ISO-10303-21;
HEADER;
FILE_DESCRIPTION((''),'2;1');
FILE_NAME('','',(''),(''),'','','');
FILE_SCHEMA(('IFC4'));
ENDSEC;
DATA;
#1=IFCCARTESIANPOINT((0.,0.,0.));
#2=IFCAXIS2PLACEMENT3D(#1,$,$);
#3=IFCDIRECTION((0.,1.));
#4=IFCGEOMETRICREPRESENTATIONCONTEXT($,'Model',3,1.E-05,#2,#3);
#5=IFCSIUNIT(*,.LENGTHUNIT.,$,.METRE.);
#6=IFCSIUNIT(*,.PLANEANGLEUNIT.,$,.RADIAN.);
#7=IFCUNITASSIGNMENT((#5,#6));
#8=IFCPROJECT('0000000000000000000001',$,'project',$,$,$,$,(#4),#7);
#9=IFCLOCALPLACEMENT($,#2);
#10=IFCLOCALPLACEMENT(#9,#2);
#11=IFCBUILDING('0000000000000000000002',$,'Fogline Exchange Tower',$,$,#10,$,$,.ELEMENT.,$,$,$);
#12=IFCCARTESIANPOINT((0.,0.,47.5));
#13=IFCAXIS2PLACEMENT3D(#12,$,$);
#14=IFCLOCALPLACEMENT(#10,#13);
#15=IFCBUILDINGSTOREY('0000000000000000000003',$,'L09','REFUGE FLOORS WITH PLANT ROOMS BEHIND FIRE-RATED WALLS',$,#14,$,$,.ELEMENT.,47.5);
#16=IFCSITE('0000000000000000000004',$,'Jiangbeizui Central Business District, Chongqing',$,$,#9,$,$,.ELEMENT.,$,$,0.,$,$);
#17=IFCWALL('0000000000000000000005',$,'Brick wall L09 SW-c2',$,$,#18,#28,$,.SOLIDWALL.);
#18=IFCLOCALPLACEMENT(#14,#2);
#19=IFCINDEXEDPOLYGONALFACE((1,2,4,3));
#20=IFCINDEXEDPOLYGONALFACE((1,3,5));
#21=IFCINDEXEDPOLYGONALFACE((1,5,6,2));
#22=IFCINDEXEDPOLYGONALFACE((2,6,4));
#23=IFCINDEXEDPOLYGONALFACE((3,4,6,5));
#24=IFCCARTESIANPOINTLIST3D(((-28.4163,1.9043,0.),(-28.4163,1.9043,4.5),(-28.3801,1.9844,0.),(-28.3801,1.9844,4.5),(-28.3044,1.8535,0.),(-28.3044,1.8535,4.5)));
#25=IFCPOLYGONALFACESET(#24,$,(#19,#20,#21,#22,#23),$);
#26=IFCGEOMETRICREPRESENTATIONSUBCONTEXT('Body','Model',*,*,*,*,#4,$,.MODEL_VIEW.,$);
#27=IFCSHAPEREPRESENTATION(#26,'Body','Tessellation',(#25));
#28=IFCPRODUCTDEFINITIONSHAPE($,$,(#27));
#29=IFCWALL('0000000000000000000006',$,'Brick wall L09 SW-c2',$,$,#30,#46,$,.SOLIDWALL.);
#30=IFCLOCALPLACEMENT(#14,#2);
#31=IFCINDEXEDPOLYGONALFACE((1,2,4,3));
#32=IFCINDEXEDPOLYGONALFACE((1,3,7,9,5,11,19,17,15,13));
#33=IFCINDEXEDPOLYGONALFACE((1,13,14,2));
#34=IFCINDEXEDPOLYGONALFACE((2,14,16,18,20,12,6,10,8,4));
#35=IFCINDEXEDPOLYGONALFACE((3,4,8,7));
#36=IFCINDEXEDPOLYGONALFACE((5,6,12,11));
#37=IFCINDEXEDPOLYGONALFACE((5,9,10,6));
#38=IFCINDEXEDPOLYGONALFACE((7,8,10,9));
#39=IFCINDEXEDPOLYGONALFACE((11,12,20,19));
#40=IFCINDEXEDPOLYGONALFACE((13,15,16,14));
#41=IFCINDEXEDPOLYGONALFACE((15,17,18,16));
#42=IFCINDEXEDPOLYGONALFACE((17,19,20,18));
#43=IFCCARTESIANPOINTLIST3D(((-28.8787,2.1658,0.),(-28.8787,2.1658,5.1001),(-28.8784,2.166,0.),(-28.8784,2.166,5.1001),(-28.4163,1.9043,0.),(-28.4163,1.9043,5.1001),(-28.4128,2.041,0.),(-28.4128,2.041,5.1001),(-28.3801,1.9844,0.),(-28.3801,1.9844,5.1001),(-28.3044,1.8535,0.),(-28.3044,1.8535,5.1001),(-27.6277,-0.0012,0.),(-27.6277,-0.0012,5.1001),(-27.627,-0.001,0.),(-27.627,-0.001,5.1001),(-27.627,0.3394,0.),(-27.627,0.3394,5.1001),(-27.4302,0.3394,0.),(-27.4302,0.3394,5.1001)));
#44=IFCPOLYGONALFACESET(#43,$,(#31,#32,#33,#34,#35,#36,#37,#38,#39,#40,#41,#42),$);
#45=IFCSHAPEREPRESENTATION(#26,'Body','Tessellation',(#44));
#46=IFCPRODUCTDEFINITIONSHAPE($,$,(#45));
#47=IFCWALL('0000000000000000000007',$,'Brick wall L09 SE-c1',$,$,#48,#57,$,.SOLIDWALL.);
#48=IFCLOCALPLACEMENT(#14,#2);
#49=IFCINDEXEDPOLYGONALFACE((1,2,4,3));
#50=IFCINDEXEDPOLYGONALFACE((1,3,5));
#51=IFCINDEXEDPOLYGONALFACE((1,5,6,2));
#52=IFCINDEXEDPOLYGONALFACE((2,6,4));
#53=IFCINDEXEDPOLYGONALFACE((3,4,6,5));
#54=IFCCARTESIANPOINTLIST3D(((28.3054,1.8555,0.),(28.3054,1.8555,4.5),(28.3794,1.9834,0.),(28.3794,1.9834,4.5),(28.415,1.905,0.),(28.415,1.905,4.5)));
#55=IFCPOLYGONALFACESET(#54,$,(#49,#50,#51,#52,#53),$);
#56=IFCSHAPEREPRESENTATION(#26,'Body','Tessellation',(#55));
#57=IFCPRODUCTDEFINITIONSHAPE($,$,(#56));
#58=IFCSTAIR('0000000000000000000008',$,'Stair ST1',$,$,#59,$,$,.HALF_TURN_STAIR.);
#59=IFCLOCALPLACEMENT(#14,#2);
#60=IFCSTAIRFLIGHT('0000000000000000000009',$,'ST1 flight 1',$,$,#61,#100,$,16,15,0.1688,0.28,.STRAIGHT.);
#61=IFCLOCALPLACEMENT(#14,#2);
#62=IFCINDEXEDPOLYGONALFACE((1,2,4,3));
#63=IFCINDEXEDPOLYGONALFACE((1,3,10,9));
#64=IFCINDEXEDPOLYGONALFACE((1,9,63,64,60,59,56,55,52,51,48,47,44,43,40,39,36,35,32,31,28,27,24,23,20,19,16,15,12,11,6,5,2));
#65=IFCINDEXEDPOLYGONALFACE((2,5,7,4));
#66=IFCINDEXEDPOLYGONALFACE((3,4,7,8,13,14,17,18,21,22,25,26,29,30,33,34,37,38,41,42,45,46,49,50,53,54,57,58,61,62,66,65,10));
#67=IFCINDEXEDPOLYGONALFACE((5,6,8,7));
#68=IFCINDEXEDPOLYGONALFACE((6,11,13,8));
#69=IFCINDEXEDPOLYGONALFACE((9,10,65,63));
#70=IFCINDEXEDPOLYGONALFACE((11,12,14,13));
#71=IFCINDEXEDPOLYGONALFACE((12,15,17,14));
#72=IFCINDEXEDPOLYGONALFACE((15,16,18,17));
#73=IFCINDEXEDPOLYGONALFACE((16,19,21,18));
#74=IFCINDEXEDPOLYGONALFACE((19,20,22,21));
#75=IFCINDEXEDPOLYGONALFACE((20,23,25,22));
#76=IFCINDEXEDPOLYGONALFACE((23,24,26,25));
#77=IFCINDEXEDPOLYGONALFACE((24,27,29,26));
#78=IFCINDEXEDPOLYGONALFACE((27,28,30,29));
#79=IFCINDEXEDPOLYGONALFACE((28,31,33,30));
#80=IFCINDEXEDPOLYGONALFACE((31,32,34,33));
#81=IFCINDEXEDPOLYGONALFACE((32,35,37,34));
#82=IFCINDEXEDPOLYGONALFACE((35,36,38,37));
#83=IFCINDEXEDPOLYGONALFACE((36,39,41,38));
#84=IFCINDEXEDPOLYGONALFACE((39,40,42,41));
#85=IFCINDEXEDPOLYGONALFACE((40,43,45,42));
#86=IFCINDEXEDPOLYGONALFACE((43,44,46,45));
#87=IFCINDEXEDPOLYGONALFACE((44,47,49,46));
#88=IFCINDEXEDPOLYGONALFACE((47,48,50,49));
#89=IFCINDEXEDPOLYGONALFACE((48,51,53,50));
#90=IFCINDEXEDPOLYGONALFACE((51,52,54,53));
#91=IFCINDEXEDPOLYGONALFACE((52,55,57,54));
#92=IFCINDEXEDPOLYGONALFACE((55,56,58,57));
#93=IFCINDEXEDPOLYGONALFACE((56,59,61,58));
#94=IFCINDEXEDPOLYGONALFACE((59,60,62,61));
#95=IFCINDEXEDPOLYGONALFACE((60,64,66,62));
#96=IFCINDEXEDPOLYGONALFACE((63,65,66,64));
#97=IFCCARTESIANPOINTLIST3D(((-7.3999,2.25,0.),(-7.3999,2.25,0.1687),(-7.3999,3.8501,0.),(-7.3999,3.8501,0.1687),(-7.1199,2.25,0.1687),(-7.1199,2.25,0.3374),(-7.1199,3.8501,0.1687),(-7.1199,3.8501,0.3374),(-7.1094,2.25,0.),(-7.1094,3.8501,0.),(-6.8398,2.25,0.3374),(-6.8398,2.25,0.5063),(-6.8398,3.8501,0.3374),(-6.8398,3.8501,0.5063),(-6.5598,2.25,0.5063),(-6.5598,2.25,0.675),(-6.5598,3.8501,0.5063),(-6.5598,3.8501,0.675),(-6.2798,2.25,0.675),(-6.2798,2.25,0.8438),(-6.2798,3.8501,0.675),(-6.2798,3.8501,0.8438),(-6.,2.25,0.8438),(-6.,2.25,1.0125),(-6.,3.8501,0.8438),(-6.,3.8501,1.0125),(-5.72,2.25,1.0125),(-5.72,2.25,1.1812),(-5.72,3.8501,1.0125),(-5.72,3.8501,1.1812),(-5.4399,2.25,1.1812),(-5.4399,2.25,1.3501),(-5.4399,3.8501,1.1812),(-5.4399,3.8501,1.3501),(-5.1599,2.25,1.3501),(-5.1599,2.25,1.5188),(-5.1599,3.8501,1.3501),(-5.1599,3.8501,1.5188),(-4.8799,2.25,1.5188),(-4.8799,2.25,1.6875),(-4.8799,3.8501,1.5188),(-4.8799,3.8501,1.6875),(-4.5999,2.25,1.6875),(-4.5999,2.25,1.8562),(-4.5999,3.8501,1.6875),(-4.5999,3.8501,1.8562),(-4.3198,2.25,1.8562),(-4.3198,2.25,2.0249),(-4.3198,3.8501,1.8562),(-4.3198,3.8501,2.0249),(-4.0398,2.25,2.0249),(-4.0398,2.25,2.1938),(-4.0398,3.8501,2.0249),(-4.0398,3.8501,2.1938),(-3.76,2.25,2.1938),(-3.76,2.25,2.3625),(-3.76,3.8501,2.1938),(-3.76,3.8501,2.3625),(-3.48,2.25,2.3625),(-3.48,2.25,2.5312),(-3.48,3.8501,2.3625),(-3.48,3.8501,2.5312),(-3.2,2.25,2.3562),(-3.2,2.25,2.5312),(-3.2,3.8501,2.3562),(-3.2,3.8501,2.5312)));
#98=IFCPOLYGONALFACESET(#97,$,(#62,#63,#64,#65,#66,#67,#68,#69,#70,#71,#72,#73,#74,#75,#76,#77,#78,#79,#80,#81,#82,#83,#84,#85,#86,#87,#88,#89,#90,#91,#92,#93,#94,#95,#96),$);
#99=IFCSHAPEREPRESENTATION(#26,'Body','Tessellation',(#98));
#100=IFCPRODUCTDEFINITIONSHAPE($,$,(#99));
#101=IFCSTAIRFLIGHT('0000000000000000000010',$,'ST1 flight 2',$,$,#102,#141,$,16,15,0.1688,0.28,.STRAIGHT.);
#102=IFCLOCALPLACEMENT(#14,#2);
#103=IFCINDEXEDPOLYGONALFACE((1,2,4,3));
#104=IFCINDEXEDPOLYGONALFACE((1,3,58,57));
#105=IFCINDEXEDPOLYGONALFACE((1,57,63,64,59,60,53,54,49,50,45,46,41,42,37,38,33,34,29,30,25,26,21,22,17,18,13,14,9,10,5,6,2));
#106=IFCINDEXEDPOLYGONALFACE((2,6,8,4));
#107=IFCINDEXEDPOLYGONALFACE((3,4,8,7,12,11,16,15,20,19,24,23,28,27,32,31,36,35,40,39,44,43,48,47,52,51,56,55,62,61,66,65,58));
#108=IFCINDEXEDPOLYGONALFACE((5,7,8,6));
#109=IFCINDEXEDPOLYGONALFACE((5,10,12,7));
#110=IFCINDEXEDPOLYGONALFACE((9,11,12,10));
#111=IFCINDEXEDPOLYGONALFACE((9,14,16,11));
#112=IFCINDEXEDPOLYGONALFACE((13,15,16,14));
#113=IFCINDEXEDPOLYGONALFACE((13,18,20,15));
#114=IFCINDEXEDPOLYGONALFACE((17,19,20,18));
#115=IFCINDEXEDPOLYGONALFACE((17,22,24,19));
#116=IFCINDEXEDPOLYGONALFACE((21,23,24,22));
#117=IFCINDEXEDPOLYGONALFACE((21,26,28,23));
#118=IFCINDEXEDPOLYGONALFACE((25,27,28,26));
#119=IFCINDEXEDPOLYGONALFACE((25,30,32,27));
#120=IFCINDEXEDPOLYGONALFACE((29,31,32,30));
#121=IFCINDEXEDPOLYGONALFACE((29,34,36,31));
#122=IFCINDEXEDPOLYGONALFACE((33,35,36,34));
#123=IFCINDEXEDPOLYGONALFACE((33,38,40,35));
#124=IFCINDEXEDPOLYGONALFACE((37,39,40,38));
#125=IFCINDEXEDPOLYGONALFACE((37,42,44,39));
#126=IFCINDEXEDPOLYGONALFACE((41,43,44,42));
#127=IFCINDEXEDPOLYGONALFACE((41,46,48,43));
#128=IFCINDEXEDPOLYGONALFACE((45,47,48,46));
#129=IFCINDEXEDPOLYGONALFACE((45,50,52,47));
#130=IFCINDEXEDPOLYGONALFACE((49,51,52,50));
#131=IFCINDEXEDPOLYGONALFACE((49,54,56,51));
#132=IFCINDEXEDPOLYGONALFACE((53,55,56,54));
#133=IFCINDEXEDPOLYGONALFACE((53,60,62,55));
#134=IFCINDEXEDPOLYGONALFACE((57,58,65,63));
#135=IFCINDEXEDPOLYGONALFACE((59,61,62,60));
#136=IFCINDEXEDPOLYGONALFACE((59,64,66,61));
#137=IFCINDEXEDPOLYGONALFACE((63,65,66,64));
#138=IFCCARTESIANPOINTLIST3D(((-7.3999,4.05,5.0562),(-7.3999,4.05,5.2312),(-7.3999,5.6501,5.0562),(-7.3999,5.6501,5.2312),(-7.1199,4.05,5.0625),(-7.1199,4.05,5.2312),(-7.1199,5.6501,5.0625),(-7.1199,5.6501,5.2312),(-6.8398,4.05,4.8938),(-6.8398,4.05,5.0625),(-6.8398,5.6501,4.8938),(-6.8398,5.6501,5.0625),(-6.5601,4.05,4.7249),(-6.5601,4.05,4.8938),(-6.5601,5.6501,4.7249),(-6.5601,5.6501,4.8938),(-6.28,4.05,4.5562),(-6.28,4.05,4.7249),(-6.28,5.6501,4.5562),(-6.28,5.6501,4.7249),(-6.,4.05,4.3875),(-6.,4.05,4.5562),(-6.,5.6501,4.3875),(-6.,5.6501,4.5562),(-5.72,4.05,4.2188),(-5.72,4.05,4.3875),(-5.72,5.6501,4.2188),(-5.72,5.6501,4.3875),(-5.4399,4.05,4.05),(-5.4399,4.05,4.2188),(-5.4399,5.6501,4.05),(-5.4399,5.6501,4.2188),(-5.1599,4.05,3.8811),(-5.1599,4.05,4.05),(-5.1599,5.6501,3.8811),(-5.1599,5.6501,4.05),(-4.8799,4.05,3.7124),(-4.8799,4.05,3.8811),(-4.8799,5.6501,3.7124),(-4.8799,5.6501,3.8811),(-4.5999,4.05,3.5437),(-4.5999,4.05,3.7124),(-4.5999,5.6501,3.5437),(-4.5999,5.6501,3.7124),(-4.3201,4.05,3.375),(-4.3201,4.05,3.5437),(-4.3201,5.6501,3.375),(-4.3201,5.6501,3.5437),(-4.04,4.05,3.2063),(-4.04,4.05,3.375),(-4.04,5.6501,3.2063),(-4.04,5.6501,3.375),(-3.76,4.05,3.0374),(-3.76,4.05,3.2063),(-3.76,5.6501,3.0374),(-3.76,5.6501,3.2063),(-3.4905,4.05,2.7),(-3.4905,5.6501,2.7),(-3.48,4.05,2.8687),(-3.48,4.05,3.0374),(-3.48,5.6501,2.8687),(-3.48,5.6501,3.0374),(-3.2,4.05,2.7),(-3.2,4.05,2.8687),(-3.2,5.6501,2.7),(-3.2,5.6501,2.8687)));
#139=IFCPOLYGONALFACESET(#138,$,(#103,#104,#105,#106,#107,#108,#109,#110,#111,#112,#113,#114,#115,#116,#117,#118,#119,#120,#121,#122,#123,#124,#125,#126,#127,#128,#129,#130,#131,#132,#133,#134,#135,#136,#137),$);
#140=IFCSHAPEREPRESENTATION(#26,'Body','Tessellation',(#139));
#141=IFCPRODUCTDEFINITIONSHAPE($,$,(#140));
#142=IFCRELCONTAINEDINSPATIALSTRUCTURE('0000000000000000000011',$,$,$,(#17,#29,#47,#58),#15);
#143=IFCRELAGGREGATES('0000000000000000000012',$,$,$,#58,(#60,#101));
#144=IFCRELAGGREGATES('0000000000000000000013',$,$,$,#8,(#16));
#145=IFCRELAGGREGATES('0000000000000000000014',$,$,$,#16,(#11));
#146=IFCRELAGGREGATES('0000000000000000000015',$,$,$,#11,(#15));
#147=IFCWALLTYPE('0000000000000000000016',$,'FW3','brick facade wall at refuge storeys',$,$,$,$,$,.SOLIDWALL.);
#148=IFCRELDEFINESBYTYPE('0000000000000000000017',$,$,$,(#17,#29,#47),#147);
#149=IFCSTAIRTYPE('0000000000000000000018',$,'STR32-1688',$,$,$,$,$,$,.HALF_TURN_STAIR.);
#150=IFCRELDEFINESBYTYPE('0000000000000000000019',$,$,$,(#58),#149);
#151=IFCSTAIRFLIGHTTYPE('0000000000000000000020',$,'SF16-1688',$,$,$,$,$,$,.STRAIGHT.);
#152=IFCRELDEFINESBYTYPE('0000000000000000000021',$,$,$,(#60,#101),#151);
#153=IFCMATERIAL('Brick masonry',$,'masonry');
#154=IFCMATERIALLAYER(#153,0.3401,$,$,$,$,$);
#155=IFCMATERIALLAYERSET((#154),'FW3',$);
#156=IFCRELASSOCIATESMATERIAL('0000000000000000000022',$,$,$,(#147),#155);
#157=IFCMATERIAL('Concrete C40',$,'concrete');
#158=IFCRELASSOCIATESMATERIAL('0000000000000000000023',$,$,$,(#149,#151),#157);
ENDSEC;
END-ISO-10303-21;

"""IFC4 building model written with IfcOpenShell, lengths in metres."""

from ifc_helpers import new_model, si_unit, direction, frame, origin, place, context, subcontext, project, spatial, polyline, outline, extrude, material, layer, layer_set, type_object, element, aggregate, save


model = new_model("IFC4")

# Units and contexts
model_context = context("Model", 3, precision=1e-05, world=origin(), true_north=direction((0.0, 1.0)))
body_context = subcontext(model_context, "Body", "Model", "MODEL_VIEW")
ifc_project = project(units=[si_unit("LENGTHUNIT", "METRE"), si_unit("PLANEANGLEUNIT", "RADIAN")], contexts=[model_context])

# Site, building, storey
site_placement = place(None, origin())
site = spatial("IfcSite", under=ifc_project, at=site_placement, Name="Jiangbeizui Central Business District, Chongqing", CompositionType="ELEMENT", RefElevation=0.0)
building_placement = place(site_placement, origin())
building = spatial("IfcBuilding", under=site, at=building_placement, Name="Fogline Exchange Tower", CompositionType="ELEMENT")
storey_placement = place(building_placement, frame((0.0, 0.0, 47.5)))
storey = spatial("IfcBuildingStorey", under=building, at=storey_placement, Name="L09", Description="REFUGE FLOORS WITH PLANT ROOMS BEHIND FIRE-RATED WALLS", CompositionType="ELEMENT", Elevation=47.5)

# Shared definitions
ifc_material_1 = material(Name="Concrete C40", Category="concrete")

# Walls
ifc_material_2 = material(Name="Brick masonry", Category="masonry")
ifc_layer_1 = layer(ifc_material_2, 0.3401)
ifc_layer_set_1 = layer_set([ifc_layer_1], Name="FW3")
wall_type_1 = type_object("IfcWallType", Name="FW3", Description="brick facade wall at refuge storeys", PredefinedType="SOLIDWALL", material=ifc_layer_set_1)
wall_1_placement = place(storey_placement, origin())
element("IfcWall", 1, at=wall_1_placement, inside=storey, type_object=wall_type_1, Name="Brick wall L09 SW-c2", PredefinedType="SOLIDWALL", context=body_context, shape_type="SweptSolid", body=[
    extrude(outline(polyline([(-28.3044, 1.8535), (-28.4163, 1.9043), (-28.3801, 1.9844), (-28.3044, 1.8535)])), origin(), (0.0, 0.0, 1.0), 4.5),
])
wall_2_placement = place(storey_placement, origin())
element("IfcWall", 2, at=wall_2_placement, inside=storey, type_object=wall_type_1, Name="Brick wall L09 SW-c2", PredefinedType="SOLIDWALL", context=body_context, shape_type="SweptSolid", body=[
    extrude(outline(polyline([(-27.627, 0.3394), (-27.627, -0.001), (-27.6277, -0.0012), (-28.8787, 2.1658), (-28.8784, 2.166), (-28.4128, 2.041), (-28.3801, 1.9844), (-28.4163, 1.9043), (-28.3044, 1.8535), (-27.4302, 0.3394), (-27.627, 0.3394)])), origin(), (0.0, 0.0, 1.0), 5.1001),
])
wall_3_placement = place(storey_placement, origin())
element("IfcWall", 3, at=wall_3_placement, inside=storey, type_object=wall_type_1, Name="Brick wall L09 SE-c1", PredefinedType="SOLIDWALL", context=body_context, shape_type="SweptSolid", body=[
    extrude(outline(polyline([(28.3794, 1.9834), (28.415, 1.905), (28.3054, 1.8555), (28.3794, 1.9834)])), origin(), (0.0, 0.0, 1.0), 4.5),
])

# Stair, stair flights
stair_type = type_object("IfcStairType", Name="STR32-1688", PredefinedType="HALF_TURN_STAIR", material=ifc_material_1)
stair_placement = place(storey_placement, origin())
stair = element("IfcStair", 4, at=stair_placement, inside=storey, type_object=stair_type, Name="Stair ST1", PredefinedType="HALF_TURN_STAIR")
stair_flight_type = type_object("IfcStairFlightType", Name="SF16-1688", PredefinedType="STRAIGHT", material=ifc_material_1)
stair_flight_1_placement = place(storey_placement, frame((-7.3999, 3.05, 0.0), z_axis=(0.0, 0.0, 1.0), x_axis=(1.0, 0.0, 0.0)))
stair_flight_1 = element("IfcStairFlight", 5, at=stair_flight_1_placement, type_object=stair_flight_type, Name="ST1 flight 1", NumberOfRisers=16, NumberOfTreads=15, PredefinedType="STRAIGHT", RiserHeight=0.1688, TreadLength=0.28, context=body_context, shape_type="SweptSolid", body=[
    extrude(outline(polyline([(0.0, 0.0), (0.0, 0.1687), (0.28, 0.1687), (0.28, 0.3374), (0.5601, 0.3374), (0.5601, 0.5063), (0.8401, 0.5063), (0.8401, 0.675), (1.1201, 0.675), (1.1201, 0.8438), (1.3999, 0.8438), (1.3999, 1.0125), (1.6799, 1.0125), (1.6799, 1.1812), (1.96, 1.1812), (1.96, 1.3501), (2.24, 1.3501), (2.24, 1.5188), (2.52, 1.5188), (2.52, 1.6875), (2.8, 1.6875), (2.8, 1.8562), (3.0801, 1.8562), (3.0801, 2.0249), (3.3601, 2.0249), (3.3601, 2.1938), (3.6399, 2.1938), (3.6399, 2.3625), (3.9199, 2.3625), (3.9199, 2.5312), (4.2, 2.5312), (4.2, 2.7), (4.2, 2.3562), (0.2905, 0.0), (0.0, 0.0)])), frame((0.0, 0.8, 0.0), z_axis=(0.0, -1.0, 0.0), x_axis=(1.0, 0.0, 0.0)), (0.0, 0.0, 1.0), 1.6001),
])
stair_flight_2_placement = place(storey_placement, frame((-3.2, 4.8501, 2.7), z_axis=(0.0, 0.0, 1.0), x_axis=(-1.0, 0.0, 0.0)))
stair_flight_2 = element("IfcStairFlight", 6, at=stair_flight_2_placement, type_object=stair_flight_type, Name="ST1 flight 2", NumberOfRisers=16, NumberOfTreads=15, PredefinedType="STRAIGHT", RiserHeight=0.1688, TreadLength=0.28, context=body_context, shape_type="SweptSolid", body=[
    extrude(outline(polyline([(0.0, 0.0), (0.0, 0.1687), (0.28, 0.1687), (0.28, 0.3374), (0.5601, 0.3374), (0.5601, 0.5063), (0.8401, 0.5063), (0.8401, 0.675), (1.1201, 0.675), (1.1201, 0.8438), (1.3999, 0.8438), (1.3999, 1.0125), (1.6799, 1.0125), (1.6799, 1.1812), (1.96, 1.1812), (1.96, 1.3501), (2.24, 1.3501), (2.24, 1.5188), (2.52, 1.5188), (2.52, 1.6875), (2.8, 1.6875), (2.8, 1.8562), (3.0801, 1.8562), (3.0801, 2.0249), (3.3601, 2.0249), (3.3601, 2.1938), (3.6399, 2.1938), (3.6399, 2.3625), (3.9199, 2.3625), (3.9199, 2.5312), (4.2, 2.5312), (4.2, 2.7), (4.2, 2.3562), (0.2905, 0.0), (0.0, 0.0)])), frame((0.0, 0.8, 0.0), z_axis=(0.0, -1.0, 0.0), x_axis=(1.0, 0.0, 0.0)), (0.0, 0.0, 1.0), 1.6001),
])
aggregate(stair, [stair_flight_1, stair_flight_2])

save(model, "model.ifc")
